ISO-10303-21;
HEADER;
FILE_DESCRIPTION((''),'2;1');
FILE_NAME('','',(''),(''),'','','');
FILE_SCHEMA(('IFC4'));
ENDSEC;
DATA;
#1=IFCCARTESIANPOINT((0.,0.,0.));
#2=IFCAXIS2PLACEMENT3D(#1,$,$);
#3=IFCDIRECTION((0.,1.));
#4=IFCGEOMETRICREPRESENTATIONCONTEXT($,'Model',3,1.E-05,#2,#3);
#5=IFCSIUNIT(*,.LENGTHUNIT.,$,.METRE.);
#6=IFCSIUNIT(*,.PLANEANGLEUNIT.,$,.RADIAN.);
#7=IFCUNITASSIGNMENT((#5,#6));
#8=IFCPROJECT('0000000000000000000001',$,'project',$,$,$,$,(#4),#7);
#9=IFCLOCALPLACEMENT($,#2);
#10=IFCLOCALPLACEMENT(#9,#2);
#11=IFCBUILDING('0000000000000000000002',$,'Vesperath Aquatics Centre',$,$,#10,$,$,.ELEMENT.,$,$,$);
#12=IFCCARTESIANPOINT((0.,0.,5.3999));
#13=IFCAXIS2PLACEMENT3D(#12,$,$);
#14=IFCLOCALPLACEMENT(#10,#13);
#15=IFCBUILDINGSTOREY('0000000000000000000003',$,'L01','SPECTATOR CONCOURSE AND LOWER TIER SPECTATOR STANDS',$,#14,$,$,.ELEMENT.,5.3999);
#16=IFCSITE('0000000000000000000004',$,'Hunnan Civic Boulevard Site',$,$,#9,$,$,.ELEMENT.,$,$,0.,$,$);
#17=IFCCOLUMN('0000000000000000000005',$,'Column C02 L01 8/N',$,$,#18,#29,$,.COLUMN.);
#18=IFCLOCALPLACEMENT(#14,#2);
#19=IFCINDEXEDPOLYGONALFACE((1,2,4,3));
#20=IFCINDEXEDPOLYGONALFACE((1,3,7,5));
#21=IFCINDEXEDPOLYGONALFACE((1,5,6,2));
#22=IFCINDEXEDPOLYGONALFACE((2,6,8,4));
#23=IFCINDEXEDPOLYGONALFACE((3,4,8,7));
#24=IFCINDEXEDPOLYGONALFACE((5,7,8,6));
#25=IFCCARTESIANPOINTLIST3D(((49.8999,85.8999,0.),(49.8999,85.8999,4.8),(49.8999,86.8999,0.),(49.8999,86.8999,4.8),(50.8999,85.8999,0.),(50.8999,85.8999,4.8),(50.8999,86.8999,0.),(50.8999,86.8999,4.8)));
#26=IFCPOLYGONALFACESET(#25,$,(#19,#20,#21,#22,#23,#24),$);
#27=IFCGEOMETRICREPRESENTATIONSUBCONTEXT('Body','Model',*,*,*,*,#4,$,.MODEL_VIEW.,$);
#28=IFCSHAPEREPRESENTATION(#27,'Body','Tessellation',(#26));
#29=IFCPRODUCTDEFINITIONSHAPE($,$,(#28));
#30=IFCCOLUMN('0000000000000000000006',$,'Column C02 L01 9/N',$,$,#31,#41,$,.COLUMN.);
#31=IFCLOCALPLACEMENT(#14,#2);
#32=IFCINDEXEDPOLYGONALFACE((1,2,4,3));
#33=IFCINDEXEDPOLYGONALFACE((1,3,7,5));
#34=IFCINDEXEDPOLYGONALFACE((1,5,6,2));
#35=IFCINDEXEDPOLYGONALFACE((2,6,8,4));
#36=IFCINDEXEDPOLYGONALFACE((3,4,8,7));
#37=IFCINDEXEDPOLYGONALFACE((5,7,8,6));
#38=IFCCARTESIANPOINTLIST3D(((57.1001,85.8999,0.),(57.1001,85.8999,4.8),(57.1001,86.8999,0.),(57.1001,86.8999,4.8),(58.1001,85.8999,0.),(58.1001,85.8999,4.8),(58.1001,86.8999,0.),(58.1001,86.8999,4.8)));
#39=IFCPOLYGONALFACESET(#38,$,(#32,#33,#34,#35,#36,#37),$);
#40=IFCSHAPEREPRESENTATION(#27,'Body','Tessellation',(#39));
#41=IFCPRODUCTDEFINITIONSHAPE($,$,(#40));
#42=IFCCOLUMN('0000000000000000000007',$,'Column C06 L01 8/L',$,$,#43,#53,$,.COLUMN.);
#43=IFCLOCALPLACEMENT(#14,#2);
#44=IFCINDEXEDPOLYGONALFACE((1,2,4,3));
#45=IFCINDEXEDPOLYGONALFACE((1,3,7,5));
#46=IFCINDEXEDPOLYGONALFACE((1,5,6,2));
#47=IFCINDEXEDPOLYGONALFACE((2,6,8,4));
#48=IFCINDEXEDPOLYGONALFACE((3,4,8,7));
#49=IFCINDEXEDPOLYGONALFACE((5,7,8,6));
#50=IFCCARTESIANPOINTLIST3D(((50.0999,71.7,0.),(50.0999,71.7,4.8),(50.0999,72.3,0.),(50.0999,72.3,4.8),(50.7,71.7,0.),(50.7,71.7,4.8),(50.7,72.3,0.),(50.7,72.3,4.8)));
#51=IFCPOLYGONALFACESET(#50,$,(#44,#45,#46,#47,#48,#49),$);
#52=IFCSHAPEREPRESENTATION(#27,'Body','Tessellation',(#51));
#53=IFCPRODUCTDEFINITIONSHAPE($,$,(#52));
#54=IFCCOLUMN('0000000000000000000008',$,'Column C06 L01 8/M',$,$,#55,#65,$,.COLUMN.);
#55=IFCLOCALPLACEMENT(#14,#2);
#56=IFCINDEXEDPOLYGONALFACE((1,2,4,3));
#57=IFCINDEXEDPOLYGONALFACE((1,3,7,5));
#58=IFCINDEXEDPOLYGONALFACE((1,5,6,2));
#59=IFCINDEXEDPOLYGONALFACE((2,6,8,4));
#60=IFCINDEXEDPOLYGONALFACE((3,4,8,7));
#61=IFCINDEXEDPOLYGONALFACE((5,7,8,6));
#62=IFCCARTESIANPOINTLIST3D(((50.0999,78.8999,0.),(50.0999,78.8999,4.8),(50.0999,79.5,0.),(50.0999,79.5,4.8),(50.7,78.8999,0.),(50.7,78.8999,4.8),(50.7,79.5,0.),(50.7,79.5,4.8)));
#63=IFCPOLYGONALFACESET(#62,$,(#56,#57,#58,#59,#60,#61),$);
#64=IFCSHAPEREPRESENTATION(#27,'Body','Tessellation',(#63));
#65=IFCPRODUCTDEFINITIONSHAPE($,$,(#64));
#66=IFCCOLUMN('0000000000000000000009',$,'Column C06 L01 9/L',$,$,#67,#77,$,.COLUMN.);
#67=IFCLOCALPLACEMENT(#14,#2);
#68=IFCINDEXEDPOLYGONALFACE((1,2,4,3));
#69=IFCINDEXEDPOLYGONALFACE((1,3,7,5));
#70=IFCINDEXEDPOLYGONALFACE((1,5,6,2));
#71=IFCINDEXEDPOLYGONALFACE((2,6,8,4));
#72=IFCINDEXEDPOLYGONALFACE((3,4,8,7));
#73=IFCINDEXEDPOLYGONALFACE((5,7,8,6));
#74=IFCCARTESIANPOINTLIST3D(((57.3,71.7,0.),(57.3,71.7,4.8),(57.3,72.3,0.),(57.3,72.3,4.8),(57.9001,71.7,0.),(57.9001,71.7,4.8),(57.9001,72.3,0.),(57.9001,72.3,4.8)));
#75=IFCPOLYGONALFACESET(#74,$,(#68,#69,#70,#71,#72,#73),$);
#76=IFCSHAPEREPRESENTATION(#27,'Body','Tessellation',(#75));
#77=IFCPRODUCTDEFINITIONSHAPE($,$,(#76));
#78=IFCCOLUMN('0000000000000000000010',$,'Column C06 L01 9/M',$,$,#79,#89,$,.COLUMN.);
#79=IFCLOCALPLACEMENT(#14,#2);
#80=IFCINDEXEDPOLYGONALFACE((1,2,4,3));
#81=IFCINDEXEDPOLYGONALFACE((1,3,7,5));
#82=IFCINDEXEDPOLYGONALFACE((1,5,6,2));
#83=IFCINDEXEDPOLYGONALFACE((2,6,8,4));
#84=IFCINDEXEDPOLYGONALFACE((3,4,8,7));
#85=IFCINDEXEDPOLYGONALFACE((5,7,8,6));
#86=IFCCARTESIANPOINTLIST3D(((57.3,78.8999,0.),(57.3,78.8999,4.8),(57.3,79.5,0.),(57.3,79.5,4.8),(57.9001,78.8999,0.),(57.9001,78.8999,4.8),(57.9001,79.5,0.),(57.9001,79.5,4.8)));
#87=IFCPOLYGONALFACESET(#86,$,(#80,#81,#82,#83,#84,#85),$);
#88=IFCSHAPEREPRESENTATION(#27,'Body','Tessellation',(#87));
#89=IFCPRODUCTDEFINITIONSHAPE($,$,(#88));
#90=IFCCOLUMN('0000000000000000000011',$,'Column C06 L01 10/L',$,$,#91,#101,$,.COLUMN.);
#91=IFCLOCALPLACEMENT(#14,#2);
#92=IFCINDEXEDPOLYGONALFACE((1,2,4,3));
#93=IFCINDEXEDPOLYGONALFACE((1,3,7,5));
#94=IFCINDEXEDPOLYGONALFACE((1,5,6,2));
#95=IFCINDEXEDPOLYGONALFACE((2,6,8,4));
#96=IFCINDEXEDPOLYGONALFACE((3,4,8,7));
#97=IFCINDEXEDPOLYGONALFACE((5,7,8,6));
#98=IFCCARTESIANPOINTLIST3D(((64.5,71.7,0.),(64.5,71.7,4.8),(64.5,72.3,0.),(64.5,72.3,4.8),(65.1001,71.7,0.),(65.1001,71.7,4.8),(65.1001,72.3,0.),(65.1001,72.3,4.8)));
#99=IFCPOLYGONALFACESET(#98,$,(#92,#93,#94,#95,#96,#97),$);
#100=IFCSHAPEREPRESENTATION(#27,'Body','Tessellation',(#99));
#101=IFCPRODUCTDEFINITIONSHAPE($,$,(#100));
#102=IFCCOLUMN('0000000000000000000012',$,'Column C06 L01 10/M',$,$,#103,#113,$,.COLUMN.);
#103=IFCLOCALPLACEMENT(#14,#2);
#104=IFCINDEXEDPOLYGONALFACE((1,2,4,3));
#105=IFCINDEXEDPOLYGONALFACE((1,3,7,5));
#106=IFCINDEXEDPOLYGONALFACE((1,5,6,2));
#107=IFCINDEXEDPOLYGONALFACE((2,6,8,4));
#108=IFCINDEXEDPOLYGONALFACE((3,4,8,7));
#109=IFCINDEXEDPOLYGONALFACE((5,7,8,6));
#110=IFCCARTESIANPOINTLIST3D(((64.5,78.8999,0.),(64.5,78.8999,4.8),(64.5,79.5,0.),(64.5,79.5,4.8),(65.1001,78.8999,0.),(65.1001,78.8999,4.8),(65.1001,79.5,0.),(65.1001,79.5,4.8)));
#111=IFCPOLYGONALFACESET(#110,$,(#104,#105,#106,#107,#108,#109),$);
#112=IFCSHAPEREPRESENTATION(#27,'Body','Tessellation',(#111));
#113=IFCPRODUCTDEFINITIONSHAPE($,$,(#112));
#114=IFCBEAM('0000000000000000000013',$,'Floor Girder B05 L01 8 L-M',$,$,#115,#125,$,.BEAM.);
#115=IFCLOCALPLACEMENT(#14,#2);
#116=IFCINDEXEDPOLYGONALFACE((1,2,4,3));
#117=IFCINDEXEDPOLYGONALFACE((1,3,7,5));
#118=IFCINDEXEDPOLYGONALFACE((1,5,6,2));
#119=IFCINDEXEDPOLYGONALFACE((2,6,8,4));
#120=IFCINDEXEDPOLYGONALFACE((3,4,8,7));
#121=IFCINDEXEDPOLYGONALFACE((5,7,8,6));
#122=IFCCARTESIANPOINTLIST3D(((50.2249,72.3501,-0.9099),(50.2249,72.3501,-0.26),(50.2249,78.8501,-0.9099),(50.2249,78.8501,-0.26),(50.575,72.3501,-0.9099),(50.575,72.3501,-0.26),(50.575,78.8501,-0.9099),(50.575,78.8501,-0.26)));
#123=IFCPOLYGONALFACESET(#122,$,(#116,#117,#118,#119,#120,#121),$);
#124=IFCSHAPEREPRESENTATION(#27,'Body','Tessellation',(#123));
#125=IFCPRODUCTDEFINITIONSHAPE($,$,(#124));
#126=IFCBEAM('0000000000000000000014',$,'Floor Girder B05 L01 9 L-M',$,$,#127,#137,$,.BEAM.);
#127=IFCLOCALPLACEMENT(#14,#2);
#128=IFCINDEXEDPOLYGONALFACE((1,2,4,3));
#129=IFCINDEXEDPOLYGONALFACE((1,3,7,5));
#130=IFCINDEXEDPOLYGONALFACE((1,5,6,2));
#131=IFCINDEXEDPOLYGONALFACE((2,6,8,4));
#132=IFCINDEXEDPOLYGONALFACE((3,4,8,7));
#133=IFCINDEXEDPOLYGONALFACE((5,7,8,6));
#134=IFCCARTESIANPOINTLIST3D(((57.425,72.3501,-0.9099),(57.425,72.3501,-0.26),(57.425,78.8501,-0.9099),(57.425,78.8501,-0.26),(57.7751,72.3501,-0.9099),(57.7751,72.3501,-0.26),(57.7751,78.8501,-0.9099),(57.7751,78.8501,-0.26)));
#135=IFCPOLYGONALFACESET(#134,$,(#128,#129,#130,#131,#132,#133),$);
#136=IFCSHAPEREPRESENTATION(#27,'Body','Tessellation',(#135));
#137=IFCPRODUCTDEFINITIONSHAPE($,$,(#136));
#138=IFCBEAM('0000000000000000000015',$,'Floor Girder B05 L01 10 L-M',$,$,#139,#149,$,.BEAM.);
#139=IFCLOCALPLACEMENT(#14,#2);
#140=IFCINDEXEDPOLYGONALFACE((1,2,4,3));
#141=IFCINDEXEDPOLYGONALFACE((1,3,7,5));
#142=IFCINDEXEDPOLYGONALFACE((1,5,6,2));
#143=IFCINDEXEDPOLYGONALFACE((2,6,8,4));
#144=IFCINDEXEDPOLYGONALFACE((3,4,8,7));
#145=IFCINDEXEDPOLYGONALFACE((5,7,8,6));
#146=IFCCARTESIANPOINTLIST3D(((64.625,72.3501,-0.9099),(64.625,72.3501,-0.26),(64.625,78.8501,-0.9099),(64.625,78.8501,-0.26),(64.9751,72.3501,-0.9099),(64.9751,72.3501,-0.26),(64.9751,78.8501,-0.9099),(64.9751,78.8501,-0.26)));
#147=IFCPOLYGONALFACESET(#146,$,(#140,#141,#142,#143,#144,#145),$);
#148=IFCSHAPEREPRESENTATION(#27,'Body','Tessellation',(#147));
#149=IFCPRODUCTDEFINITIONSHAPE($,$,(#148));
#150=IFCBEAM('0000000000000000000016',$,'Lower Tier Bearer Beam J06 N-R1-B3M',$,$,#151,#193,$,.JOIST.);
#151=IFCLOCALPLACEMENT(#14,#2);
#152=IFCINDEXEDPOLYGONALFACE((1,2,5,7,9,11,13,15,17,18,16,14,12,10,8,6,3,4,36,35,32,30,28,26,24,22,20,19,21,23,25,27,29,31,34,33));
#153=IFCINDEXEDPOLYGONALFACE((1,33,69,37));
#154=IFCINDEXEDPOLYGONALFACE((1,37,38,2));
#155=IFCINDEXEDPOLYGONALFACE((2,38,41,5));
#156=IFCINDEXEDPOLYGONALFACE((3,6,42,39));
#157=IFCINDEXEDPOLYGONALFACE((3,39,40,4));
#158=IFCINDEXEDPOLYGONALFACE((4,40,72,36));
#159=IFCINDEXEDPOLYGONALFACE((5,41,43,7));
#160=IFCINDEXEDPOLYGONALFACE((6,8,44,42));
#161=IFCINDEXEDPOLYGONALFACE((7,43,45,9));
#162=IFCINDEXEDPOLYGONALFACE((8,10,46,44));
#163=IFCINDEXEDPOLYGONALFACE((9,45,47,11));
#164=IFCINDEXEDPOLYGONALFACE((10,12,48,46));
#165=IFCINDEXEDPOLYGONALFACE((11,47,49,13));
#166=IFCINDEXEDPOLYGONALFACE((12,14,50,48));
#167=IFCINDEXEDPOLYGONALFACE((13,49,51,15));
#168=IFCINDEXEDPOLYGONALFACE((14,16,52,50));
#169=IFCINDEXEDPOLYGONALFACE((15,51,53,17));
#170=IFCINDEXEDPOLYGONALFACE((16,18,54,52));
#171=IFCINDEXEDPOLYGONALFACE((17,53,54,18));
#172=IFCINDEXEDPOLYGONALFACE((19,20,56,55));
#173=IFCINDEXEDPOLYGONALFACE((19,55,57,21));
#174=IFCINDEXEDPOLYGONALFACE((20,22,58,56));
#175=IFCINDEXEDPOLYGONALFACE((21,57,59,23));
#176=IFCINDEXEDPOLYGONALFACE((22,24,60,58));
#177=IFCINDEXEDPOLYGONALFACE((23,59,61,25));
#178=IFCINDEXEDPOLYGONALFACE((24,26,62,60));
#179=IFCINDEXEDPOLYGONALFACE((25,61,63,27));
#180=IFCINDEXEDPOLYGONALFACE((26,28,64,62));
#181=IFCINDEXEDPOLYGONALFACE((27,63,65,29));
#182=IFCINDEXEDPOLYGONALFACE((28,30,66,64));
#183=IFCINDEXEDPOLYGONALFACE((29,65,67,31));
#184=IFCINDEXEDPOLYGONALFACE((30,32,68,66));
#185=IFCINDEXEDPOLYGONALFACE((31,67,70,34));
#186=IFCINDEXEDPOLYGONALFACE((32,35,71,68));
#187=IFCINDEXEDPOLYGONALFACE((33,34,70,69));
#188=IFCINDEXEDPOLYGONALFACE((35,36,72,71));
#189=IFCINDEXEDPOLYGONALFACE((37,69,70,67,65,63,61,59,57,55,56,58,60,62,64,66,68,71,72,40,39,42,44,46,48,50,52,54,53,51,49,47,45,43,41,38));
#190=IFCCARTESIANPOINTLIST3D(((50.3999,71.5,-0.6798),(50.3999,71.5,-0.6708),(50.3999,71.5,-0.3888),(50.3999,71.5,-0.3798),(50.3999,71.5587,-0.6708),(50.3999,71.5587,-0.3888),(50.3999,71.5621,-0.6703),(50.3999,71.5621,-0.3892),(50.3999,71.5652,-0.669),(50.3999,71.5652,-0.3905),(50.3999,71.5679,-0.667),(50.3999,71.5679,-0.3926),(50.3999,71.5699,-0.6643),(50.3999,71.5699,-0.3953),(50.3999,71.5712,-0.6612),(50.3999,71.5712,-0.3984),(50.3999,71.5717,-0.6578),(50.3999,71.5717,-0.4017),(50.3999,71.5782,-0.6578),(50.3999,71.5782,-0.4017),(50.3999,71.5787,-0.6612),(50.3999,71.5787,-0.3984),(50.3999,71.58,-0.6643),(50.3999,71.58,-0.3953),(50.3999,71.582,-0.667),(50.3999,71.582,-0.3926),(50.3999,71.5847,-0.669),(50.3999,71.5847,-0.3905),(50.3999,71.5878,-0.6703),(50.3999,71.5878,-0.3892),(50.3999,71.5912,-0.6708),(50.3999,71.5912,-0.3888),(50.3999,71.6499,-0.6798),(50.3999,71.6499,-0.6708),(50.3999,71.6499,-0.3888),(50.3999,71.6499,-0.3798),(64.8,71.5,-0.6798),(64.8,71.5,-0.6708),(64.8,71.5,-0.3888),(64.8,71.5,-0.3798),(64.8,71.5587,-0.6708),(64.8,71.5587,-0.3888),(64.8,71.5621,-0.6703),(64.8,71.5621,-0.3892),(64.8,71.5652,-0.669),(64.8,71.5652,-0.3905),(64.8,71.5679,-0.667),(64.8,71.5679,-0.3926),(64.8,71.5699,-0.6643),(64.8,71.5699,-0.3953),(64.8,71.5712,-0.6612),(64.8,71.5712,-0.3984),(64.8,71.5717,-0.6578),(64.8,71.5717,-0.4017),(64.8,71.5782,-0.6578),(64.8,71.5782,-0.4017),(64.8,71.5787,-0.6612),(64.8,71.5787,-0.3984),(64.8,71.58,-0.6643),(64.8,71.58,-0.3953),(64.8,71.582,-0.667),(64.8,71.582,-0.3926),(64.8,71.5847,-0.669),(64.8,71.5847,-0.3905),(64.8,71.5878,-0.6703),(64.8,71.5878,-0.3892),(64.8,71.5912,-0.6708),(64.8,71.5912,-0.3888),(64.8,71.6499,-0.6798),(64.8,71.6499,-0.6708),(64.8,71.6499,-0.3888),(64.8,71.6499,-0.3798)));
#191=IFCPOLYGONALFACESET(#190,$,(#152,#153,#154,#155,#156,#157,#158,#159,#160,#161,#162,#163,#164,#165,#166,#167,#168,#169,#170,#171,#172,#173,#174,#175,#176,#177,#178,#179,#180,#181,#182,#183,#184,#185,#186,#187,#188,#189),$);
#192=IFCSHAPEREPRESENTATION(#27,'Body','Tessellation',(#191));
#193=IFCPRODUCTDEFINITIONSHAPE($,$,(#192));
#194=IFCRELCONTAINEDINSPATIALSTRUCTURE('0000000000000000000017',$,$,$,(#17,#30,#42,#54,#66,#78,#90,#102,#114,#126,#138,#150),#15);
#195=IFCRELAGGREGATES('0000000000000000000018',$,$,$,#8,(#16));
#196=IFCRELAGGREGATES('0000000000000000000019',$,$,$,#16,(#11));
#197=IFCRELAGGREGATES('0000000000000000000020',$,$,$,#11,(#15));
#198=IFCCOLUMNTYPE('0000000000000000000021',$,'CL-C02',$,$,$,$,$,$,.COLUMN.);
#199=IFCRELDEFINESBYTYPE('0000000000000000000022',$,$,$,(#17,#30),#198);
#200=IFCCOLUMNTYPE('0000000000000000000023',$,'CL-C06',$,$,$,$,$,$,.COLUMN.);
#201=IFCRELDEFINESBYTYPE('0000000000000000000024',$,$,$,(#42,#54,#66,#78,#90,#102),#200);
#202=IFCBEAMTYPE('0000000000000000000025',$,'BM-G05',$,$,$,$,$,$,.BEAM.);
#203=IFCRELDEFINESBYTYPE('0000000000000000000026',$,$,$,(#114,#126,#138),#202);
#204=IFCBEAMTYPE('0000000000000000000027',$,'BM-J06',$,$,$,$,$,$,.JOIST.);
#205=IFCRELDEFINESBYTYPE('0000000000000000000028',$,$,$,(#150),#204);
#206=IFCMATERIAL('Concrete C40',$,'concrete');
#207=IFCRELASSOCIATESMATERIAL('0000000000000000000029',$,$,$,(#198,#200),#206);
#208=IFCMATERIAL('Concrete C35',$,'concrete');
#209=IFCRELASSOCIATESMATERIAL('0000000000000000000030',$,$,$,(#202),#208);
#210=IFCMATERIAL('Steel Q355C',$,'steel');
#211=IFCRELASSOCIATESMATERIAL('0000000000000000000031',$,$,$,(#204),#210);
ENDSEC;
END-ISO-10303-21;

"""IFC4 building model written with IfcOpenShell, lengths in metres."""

from ifc_helpers import new_model, si_unit, direction, frame, origin, origin_2d, place, context, subcontext, project, spatial, rectangle, i_section, extrude, material, material_profile, profile_set, type_object, element, save


model = new_model("IFC4")

# Units and contexts
model_context = context("Model", 3, precision=1e-05, world=origin(), true_north=direction((0.0, 1.0)))
body_context = subcontext(model_context, "Body", "Model", "MODEL_VIEW")
ifc_project = project(units=[si_unit("LENGTHUNIT", "METRE"), si_unit("PLANEANGLEUNIT", "RADIAN")], contexts=[model_context])

# Site, building, storey
site_placement = place(None, origin())
site = spatial("IfcSite", under=ifc_project, at=site_placement, Name="Hunnan Civic Boulevard Site", CompositionType="ELEMENT", RefElevation=0.0)
building_placement = place(site_placement, origin())
building = spatial("IfcBuilding", under=site, at=building_placement, Name="Vesperath Aquatics Centre", CompositionType="ELEMENT")
storey_placement = place(building_placement, frame((0.0, 0.0, 5.3999)))
storey = spatial("IfcBuildingStorey", under=building, at=storey_placement, Name="L01", Description="SPECTATOR CONCOURSE AND LOWER TIER SPECTATOR STANDS", CompositionType="ELEMENT", Elevation=5.3999)

# Columns
ifc_material_1 = material(Name="Concrete C40", Category="concrete")
ifc_material_profile_1 = material_profile(ifc_material_1, rectangle(XDim=1.0, YDim=1.0, at=origin_2d()), Name="RC 1000x1000")
ifc_profile_set_1 = profile_set([ifc_material_profile_1], Name="Concrete C40")
column_type_1 = type_object("IfcColumnType", Name="CL-C02", PredefinedType="COLUMN", material=ifc_profile_set_1)
for number, where, z_axis, x_axis, name in (
    (1, (50.3999, 86.3999, 0.0), (0.0, 0.0, 1.0), (1.0, 0.0, 0.0), "Column C02 L01 8/N"),
    (2, (57.6001, 86.3999, 0.0), (0.0, 0.0, 1.0), (1.0, 0.0, 0.0), "Column C02 L01 9/N"),
):
    element("IfcColumn", number, at=place(storey_placement, frame(where, z_axis=z_axis, x_axis=x_axis)), inside=storey, type_object=column_type_1, Name=name, PredefinedType="COLUMN", context=body_context, shape_type="SweptSolid", body=[
        extrude(rectangle(XDim=1.0, YDim=1.0, at=origin_2d()), origin(), (0.0, 0.0, 1.0), 4.8),
    ])
ifc_material_profile_2 = material_profile(ifc_material_1, rectangle(XDim=0.6001, YDim=0.6001, at=origin_2d()), Name="RC 600x600")
ifc_profile_set_2 = profile_set([ifc_material_profile_2], Name="Concrete C40")
column_type_2 = type_object("IfcColumnType", Name="CL-C06", PredefinedType="COLUMN", material=ifc_profile_set_2)
for number, where, z_axis, x_axis, name in (
    (3, (50.3999, 72.0, 0.0), (0.0, 0.0, 1.0), (1.0, 0.0, 0.0), "Column C06 L01 8/L"),
    (4, (50.3999, 79.2, 0.0), (0.0, 0.0, 1.0), (1.0, 0.0, 0.0), "Column C06 L01 8/M"),
    (5, (57.6001, 72.0, 0.0), (0.0, 0.0, 1.0), (1.0, 0.0, 0.0), "Column C06 L01 9/L"),
    (6, (57.6001, 79.2, 0.0), (0.0, 0.0, 1.0), (1.0, 0.0, 0.0), "Column C06 L01 9/M"),
    (7, (64.8, 72.0, 0.0), (0.0, 0.0, 1.0), (1.0, 0.0, 0.0), "Column C06 L01 10/L"),
    (8, (64.8, 79.2, 0.0), (0.0, 0.0, 1.0), (1.0, 0.0, 0.0), "Column C06 L01 10/M"),
):
    element("IfcColumn", number, at=place(storey_placement, frame(where, z_axis=z_axis, x_axis=x_axis)), inside=storey, type_object=column_type_2, Name=name, PredefinedType="COLUMN", context=body_context, shape_type="SweptSolid", body=[
        extrude(rectangle(XDim=0.6001, YDim=0.6001, at=origin_2d()), origin(), (0.0, 0.0, 1.0), 4.8),
    ])

# Beams
ifc_material_2 = material(Name="Concrete C35", Category="concrete")
ifc_material_profile_3 = material_profile(ifc_material_2, rectangle(XDim=0.3501, YDim=0.6499, at=origin_2d()), Name="RC 350x650")
ifc_profile_set_3 = profile_set([ifc_material_profile_3], Name="Concrete C35")
beam_type_1 = type_object("IfcBeamType", Name="BM-G05", PredefinedType="BEAM", material=ifc_profile_set_3)
for number, where, z_axis, x_axis, name in (
    (9, (50.3999, 72.3501, -0.585), (0.0, 1.0, 0.0), (-1.0, 0.0, 0.0), "Floor Girder B05 L01 8 L-M"),
    (10, (57.6001, 72.3501, -0.585), (0.0, 1.0, 0.0), (-1.0, 0.0, 0.0), "Floor Girder B05 L01 9 L-M"),
    (11, (64.8, 72.3501, -0.585), (0.0, 1.0, 0.0), (-1.0, 0.0, 0.0), "Floor Girder B05 L01 10 L-M"),
):
    element("IfcBeam", number, at=place(storey_placement, frame(where, z_axis=z_axis, x_axis=x_axis)), inside=storey, type_object=beam_type_1, Name=name, PredefinedType="BEAM", context=body_context, shape_type="SweptSolid", body=[
        extrude(rectangle(XDim=0.3501, YDim=0.6499, at=origin_2d()), origin(), (0.0, 0.0, 1.0), 6.5),
    ])
ifc_material_3 = material(Name="Steel Q355C", Category="steel")
ifc_material_profile_4 = material_profile(ifc_material_3, i_section(OverallWidth=0.1499, OverallDepth=0.3, WebThickness=0.0066, FlangeThickness=0.009, FilletRadius=0.0129, at=origin_2d()), Name="HN 300x150x6.5x9")
ifc_profile_set_4 = profile_set([ifc_material_profile_4], Name="Steel Q355C")
beam_type_2 = type_object("IfcBeamType", Name="BM-J06", PredefinedType="JOIST", material=ifc_profile_set_4)
for number, where, z_axis, x_axis, name in (
    (12, (50.3999, 71.575, -0.5298), (1.0, 0.0, 0.0), (0.0, 1.0, 0.0), "Lower Tier Bearer Beam J06 N-R1-B3M"),
):
    element("IfcBeam", number, at=place(storey_placement, frame(where, z_axis=z_axis, x_axis=x_axis)), inside=storey, type_object=beam_type_2, Name=name, PredefinedType="JOIST", context=body_context, shape_type="SweptSolid", body=[
        extrude(i_section(OverallWidth=0.1499, OverallDepth=0.3, WebThickness=0.0066, FlangeThickness=0.009, FilletRadius=0.0129, at=origin_2d()), origin(), (0.0, 0.0, 1.0), 14.4001),
    ])

save(model, "model.ifc")
